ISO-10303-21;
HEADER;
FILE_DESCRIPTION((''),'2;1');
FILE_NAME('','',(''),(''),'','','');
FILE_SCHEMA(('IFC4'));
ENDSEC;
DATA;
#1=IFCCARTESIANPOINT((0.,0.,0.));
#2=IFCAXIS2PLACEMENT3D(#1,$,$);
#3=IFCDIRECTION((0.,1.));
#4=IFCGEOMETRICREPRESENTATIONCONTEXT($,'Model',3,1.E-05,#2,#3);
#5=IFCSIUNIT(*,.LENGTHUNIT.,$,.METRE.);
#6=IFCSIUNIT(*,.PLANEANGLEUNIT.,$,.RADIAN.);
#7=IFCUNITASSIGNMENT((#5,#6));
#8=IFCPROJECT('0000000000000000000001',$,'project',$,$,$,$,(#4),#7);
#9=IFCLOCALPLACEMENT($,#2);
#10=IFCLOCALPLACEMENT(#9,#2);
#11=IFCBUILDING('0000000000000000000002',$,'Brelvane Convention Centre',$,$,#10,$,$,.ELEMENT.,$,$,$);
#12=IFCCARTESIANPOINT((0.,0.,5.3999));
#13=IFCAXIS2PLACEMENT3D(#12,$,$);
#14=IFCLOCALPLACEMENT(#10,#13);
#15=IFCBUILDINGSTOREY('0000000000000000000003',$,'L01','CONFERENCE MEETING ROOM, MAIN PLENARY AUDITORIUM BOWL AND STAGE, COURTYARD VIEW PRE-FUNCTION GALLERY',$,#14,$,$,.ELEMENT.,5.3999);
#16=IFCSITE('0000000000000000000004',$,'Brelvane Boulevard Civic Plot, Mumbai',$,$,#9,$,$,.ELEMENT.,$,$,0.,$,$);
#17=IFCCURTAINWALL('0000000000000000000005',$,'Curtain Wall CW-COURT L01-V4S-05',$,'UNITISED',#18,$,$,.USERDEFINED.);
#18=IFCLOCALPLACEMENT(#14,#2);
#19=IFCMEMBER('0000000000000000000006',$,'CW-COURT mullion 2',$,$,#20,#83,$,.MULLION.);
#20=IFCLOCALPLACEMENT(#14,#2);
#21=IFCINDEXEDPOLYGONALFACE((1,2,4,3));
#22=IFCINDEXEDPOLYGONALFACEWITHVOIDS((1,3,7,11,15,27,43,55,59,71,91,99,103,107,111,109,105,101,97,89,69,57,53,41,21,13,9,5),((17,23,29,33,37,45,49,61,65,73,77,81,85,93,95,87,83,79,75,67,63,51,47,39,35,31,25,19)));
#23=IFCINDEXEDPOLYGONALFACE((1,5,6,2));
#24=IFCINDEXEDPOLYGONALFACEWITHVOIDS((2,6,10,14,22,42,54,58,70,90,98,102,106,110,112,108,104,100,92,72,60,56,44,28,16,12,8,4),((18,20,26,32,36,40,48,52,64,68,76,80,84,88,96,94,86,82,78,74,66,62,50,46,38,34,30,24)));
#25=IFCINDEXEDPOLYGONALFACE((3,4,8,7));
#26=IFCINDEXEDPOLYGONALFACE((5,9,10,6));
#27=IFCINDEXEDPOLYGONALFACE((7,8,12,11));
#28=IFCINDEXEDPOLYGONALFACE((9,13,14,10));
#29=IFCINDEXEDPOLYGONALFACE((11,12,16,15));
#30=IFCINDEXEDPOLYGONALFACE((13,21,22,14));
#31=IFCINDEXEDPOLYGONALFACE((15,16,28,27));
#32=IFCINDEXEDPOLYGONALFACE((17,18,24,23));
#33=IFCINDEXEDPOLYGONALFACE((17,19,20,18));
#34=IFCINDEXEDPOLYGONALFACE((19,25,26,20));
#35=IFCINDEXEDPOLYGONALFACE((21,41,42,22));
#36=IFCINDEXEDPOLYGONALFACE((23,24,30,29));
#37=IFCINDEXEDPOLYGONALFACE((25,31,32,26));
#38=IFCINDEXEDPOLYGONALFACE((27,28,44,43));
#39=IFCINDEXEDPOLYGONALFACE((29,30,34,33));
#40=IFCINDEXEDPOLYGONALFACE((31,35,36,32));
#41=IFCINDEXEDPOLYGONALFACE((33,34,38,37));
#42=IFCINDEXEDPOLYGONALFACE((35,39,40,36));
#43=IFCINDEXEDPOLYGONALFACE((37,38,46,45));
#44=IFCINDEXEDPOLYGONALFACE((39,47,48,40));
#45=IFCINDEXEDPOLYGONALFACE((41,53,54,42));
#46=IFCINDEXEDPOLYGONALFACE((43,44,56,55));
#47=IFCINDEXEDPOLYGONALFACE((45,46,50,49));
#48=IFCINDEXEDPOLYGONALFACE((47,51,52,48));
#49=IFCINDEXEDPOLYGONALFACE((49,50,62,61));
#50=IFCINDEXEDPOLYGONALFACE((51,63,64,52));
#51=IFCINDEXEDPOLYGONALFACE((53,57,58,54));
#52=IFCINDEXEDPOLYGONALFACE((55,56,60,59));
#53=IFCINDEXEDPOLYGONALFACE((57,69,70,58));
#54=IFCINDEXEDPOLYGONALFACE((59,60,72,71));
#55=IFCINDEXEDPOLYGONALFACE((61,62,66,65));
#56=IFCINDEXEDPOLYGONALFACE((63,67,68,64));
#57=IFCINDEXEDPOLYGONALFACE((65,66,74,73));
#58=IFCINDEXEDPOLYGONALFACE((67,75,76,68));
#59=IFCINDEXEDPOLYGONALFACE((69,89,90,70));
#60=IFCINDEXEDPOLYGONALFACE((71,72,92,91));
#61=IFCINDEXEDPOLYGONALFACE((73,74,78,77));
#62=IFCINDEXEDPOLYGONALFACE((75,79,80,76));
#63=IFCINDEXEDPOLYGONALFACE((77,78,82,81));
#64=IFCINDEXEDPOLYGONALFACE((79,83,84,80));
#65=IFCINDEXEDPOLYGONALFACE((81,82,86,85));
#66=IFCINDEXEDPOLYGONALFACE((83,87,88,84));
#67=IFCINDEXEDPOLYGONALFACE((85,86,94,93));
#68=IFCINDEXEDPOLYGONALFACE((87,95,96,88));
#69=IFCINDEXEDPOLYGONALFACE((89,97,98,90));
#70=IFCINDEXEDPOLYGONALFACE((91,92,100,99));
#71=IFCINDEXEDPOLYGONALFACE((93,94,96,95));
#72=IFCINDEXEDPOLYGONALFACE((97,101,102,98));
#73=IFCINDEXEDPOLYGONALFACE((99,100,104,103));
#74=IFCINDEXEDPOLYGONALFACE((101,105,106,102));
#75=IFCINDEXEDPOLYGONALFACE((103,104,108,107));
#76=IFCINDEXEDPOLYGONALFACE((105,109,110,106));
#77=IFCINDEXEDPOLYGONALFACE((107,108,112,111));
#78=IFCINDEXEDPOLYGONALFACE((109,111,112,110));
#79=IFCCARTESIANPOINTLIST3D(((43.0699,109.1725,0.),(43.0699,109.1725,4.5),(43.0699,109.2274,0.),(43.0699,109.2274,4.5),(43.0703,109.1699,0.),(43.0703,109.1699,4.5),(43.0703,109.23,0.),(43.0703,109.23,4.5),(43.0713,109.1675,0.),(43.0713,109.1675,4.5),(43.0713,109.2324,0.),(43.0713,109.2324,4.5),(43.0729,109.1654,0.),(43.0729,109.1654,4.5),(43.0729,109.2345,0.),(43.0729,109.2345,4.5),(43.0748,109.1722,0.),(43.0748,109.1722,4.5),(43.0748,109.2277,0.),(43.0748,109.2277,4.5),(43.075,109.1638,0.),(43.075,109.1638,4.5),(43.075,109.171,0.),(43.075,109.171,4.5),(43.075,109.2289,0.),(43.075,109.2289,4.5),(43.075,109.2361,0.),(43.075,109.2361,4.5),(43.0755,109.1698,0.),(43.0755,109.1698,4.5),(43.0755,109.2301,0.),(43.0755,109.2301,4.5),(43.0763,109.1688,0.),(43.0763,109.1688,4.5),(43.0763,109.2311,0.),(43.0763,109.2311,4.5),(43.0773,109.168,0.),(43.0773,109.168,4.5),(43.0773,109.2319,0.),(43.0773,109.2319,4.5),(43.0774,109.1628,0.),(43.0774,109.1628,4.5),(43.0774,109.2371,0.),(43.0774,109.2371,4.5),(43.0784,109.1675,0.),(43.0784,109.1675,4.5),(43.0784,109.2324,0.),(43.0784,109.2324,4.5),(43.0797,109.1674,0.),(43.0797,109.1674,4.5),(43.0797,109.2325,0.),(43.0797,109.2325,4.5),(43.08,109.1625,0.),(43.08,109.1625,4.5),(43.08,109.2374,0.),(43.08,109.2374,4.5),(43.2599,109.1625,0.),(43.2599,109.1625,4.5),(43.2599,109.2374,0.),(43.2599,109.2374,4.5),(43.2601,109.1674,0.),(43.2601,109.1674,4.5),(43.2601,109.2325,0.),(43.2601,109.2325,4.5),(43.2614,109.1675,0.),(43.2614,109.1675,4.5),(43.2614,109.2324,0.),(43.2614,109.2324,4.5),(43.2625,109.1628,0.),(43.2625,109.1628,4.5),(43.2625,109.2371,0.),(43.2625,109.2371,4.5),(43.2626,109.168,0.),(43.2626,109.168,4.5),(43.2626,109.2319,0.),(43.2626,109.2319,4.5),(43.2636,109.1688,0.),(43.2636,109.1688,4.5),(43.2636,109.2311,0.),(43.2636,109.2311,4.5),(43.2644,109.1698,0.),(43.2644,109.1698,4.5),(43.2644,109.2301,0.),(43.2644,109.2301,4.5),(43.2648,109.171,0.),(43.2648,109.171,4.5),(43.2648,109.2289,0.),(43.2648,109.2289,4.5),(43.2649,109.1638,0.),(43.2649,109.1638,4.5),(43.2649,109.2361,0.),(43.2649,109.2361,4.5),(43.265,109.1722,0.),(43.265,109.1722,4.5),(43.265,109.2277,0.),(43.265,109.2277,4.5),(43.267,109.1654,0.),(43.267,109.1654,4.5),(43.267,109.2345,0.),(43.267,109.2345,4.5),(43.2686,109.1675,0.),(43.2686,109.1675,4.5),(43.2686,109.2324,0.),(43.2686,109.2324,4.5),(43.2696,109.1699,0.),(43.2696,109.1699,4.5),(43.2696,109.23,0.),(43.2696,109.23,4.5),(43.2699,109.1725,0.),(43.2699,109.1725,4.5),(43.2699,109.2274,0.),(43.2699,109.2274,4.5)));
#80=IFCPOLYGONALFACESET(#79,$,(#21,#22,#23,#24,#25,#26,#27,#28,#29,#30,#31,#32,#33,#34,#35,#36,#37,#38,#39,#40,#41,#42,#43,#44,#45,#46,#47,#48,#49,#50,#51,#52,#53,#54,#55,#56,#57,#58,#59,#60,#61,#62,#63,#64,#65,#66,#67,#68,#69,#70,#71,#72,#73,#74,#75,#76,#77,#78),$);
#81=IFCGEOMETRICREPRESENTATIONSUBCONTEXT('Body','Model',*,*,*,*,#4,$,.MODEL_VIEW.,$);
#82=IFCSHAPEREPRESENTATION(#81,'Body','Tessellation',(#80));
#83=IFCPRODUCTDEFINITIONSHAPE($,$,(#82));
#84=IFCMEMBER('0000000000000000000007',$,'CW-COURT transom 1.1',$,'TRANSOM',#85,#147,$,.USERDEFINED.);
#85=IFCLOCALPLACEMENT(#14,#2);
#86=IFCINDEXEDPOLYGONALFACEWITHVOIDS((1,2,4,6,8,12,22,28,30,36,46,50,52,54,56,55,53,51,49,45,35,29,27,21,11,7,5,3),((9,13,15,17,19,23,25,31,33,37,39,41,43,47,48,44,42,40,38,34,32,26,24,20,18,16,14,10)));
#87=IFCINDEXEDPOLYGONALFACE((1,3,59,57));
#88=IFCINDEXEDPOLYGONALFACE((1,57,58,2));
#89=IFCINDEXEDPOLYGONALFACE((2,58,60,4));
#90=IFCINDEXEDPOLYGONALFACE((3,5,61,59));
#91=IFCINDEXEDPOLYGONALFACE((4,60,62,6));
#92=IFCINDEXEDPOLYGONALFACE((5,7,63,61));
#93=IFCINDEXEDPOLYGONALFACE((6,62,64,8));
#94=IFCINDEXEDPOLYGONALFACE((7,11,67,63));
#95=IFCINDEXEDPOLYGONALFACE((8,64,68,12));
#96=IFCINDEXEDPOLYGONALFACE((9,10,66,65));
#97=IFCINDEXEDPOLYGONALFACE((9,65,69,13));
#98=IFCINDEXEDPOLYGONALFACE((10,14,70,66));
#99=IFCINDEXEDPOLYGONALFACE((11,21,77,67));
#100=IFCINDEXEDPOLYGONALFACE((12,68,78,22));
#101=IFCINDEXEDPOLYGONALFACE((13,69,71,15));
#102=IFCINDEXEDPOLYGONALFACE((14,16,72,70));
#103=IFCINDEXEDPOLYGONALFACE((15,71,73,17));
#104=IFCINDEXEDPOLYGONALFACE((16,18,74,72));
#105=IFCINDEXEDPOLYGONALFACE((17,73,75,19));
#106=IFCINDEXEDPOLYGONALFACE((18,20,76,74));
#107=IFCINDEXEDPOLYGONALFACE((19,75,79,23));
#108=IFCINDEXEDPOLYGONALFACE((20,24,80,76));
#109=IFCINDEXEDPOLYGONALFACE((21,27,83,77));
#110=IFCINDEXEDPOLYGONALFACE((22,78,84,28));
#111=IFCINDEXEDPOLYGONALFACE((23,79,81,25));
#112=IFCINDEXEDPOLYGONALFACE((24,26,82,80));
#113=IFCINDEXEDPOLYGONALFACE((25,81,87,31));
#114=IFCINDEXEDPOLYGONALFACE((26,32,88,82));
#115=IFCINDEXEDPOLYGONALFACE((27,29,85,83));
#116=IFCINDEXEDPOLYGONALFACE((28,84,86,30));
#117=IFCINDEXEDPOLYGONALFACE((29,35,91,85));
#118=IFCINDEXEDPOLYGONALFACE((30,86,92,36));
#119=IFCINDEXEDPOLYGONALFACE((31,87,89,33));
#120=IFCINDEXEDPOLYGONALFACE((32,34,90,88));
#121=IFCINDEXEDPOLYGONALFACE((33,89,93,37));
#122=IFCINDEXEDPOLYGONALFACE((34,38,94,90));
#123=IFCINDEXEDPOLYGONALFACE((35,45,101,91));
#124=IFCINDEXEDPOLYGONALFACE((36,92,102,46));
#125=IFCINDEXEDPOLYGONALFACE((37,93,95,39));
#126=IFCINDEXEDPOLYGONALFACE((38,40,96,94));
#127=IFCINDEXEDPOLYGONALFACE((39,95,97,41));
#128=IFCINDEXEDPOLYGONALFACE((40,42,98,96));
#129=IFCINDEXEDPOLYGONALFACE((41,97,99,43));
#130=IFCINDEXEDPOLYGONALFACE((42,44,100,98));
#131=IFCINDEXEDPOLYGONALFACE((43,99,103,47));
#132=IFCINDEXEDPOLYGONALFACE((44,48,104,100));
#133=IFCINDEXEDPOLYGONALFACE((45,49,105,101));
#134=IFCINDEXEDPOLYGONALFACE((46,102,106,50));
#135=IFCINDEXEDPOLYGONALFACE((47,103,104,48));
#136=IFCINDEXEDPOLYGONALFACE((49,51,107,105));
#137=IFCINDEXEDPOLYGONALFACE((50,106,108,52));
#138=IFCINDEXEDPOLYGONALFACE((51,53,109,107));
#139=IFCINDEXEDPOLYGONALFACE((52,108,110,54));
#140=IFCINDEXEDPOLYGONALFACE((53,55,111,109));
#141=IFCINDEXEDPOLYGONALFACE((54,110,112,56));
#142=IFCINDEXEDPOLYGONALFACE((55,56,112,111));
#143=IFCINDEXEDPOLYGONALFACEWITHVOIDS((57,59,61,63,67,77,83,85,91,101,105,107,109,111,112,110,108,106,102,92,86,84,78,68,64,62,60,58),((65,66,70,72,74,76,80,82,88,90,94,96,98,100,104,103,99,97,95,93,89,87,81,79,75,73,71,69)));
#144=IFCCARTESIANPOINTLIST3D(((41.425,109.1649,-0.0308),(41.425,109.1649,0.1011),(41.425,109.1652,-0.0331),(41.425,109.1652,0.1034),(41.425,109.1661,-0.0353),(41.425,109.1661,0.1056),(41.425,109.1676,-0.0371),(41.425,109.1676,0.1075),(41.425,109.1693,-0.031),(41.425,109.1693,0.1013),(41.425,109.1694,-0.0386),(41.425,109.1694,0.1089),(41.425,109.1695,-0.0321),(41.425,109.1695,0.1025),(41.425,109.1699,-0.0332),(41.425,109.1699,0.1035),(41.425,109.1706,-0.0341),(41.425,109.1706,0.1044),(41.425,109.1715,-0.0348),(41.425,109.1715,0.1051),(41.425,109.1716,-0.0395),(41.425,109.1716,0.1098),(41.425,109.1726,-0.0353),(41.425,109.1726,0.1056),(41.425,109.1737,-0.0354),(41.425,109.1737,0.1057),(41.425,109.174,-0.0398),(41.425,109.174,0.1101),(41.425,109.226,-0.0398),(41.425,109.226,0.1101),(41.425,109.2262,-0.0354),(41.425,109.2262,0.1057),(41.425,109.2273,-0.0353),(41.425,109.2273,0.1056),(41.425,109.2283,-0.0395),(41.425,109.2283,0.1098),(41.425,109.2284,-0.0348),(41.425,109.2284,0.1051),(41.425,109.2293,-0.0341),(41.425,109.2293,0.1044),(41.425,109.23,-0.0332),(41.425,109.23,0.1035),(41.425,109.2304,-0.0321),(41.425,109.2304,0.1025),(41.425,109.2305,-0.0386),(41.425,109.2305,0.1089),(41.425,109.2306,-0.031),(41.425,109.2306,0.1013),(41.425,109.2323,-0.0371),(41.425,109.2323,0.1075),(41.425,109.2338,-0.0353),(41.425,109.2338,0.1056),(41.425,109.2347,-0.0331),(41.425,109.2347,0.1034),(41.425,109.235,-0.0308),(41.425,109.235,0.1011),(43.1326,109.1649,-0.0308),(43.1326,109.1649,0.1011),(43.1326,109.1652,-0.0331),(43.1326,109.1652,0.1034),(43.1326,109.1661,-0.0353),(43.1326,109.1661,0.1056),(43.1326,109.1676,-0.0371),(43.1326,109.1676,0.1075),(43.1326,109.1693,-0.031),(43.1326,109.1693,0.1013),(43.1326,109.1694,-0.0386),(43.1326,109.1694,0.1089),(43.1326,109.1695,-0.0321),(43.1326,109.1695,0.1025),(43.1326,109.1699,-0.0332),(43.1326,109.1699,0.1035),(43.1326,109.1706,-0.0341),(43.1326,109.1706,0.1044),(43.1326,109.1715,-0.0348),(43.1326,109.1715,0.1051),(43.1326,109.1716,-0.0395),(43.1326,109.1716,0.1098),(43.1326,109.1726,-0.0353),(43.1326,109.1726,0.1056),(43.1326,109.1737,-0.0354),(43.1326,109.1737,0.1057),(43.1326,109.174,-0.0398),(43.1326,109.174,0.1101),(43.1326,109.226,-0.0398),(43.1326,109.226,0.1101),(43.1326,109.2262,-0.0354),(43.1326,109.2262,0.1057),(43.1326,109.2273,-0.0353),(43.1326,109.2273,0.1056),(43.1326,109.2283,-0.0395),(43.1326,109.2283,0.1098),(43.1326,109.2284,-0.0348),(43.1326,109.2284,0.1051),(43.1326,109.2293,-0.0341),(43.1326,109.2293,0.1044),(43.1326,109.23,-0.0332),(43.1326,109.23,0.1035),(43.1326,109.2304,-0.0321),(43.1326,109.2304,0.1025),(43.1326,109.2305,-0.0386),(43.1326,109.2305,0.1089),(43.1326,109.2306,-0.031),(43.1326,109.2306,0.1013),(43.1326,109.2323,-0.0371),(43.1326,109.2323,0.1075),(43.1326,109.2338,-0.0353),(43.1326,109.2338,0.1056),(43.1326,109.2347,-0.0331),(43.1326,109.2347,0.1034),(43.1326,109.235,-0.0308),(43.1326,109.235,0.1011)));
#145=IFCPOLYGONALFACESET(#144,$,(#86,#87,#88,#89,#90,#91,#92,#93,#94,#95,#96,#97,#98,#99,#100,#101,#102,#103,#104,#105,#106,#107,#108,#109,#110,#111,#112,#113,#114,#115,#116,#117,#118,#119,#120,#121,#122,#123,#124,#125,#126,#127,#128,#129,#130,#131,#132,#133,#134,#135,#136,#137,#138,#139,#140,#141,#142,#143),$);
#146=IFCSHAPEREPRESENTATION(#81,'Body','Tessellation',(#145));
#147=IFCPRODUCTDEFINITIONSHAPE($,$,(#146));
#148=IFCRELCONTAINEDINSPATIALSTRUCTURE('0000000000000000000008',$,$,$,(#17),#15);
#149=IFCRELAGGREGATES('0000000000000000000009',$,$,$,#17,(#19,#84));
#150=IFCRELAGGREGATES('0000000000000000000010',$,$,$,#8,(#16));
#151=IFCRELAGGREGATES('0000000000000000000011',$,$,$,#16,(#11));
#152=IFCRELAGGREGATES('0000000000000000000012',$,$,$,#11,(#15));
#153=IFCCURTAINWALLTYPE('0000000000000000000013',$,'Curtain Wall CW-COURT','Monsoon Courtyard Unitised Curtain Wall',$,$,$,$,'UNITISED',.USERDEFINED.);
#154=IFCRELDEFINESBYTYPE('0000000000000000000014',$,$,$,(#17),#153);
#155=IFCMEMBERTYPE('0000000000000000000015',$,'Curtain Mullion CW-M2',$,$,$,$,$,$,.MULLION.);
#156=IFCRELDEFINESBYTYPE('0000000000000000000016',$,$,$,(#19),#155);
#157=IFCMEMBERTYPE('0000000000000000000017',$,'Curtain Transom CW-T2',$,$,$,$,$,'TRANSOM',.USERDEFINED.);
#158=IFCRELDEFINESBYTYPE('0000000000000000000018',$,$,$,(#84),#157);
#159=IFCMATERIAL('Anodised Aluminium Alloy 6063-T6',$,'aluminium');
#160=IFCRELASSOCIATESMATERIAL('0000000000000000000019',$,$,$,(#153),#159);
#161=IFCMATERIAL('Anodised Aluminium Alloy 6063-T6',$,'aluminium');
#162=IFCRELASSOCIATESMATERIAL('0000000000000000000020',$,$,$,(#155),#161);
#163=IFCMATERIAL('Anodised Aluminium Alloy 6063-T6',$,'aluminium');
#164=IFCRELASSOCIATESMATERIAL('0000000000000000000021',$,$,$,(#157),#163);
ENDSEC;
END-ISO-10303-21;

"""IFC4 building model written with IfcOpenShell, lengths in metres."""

from ifc_helpers import new_model, si_unit, direction, frame, origin, origin_2d, place, context, subcontext, project, spatial, hollow_rectangle, extrude, material, material_profile, profile_set, type_object, element, aggregate, save


model = new_model("IFC4")

# Units and contexts
model_context = context("Model", 3, precision=1e-05, world=origin(), true_north=direction((0.0, 1.0)))
body_context = subcontext(model_context, "Body", "Model", "MODEL_VIEW")
ifc_project = project(units=[si_unit("LENGTHUNIT", "METRE"), si_unit("PLANEANGLEUNIT", "RADIAN")], contexts=[model_context])

# Site, building, storey
site_placement = place(None, origin())
site = spatial("IfcSite", under=ifc_project, at=site_placement, Name="Brelvane Boulevard Civic Plot, Mumbai", CompositionType="ELEMENT", RefElevation=0.0)
building_placement = place(site_placement, origin())
building = spatial("IfcBuilding", under=site, at=building_placement, Name="Brelvane Convention Centre", CompositionType="ELEMENT")
storey_placement = place(building_placement, frame((0.0, 0.0, 5.3999)))
storey = spatial("IfcBuildingStorey", under=building, at=storey_placement, Name="L01", Description="CONFERENCE MEETING ROOM, MAIN PLENARY AUDITORIUM BOWL AND STAGE, COURTYARD VIEW PRE-FUNCTION GALLERY", CompositionType="ELEMENT", Elevation=5.3999)

# Curtain wall, members
ifc_material_1 = material(Name="Anodised Aluminium Alloy 6063-T6", Category="aluminium")
curtain_wall_type = type_object("IfcCurtainWallType", Name="Curtain Wall CW-COURT", Description="Monsoon Courtyard Unitised Curtain Wall", ElementType="UNITISED", PredefinedType="USERDEFINED", material=ifc_material_1)
curtain_wall_placement = place(storey_placement, origin())
curtain_wall = element("IfcCurtainWall", 1, at=curtain_wall_placement, inside=storey, type_object=curtain_wall_type, Name="Curtain Wall CW-COURT L01-V4S-05", ObjectType="UNITISED", PredefinedType="USERDEFINED")
ifc_material_2 = material(Name="Anodised Aluminium Alloy 6063-T6", Category="aluminium")
ifc_material_profile_1 = material_profile(ifc_material_2, hollow_rectangle(XDim=0.075, YDim=0.2, WallThickness=0.0049, InnerFilletRadius=0.0049, OuterFilletRadius=0.01, at=origin_2d()), Name="ALU-M 200x75x5.0")
ifc_profile_set_1 = profile_set([ifc_material_profile_1], Name="Anodised Aluminium Alloy 6063-T6")
member_type_1 = type_object("IfcMemberType", Name="Curtain Mullion CW-M2", PredefinedType="MULLION", material=ifc_profile_set_1)
member_1_placement = place(storey_placement, frame((43.1699, 109.2, 0.0), z_axis=(0.0, 0.0, 1.0), x_axis=(0.0, 1.0, 0.0)))
member_1 = element("IfcMember", 2, at=member_1_placement, type_object=member_type_1, Name="CW-COURT mullion 2", PredefinedType="MULLION", context=body_context, shape_type="SweptSolid", body=[
    extrude(hollow_rectangle(XDim=0.075, YDim=0.2, WallThickness=0.0049, InnerFilletRadius=0.0049, OuterFilletRadius=0.01, at=origin_2d()), origin(), (0.0, 0.0, 1.0), 4.5),
])
ifc_material_3 = material(Name="Anodised Aluminium Alloy 6063-T6", Category="aluminium")
ifc_material_profile_2 = material_profile(ifc_material_3, hollow_rectangle(XDim=0.0701, YDim=0.1499, WallThickness=0.0044, InnerFilletRadius=0.0044, OuterFilletRadius=0.009, at=origin_2d()), Name="ALU-T 150x70x4.5")
ifc_profile_set_2 = profile_set([ifc_material_profile_2], Name="Anodised Aluminium Alloy 6063-T6")
member_type_2 = type_object("IfcMemberType", Name="Curtain Transom CW-T2", ElementType="TRANSOM", PredefinedType="USERDEFINED", material=ifc_profile_set_2)
member_2_placement = place(storey_placement, frame((41.425, 109.2, 0.0352), z_axis=(1.0, 0.0, 0.0), x_axis=(0.0, 1.0, 0.0)))
member_2 = element("IfcMember", 3, at=member_2_placement, type_object=member_type_2, Name="CW-COURT transom 1.1", ObjectType="TRANSOM", PredefinedType="USERDEFINED", context=body_context, shape_type="SweptSolid", body=[
    extrude(hollow_rectangle(XDim=0.0701, YDim=0.1499, WallThickness=0.0044, InnerFilletRadius=0.0044, OuterFilletRadius=0.009, at=origin_2d()), origin(), (0.0, 0.0, 1.0), 1.7075),
])

aggregate(curtain_wall, [member_1, member_2])

save(model, "model.ifc")
